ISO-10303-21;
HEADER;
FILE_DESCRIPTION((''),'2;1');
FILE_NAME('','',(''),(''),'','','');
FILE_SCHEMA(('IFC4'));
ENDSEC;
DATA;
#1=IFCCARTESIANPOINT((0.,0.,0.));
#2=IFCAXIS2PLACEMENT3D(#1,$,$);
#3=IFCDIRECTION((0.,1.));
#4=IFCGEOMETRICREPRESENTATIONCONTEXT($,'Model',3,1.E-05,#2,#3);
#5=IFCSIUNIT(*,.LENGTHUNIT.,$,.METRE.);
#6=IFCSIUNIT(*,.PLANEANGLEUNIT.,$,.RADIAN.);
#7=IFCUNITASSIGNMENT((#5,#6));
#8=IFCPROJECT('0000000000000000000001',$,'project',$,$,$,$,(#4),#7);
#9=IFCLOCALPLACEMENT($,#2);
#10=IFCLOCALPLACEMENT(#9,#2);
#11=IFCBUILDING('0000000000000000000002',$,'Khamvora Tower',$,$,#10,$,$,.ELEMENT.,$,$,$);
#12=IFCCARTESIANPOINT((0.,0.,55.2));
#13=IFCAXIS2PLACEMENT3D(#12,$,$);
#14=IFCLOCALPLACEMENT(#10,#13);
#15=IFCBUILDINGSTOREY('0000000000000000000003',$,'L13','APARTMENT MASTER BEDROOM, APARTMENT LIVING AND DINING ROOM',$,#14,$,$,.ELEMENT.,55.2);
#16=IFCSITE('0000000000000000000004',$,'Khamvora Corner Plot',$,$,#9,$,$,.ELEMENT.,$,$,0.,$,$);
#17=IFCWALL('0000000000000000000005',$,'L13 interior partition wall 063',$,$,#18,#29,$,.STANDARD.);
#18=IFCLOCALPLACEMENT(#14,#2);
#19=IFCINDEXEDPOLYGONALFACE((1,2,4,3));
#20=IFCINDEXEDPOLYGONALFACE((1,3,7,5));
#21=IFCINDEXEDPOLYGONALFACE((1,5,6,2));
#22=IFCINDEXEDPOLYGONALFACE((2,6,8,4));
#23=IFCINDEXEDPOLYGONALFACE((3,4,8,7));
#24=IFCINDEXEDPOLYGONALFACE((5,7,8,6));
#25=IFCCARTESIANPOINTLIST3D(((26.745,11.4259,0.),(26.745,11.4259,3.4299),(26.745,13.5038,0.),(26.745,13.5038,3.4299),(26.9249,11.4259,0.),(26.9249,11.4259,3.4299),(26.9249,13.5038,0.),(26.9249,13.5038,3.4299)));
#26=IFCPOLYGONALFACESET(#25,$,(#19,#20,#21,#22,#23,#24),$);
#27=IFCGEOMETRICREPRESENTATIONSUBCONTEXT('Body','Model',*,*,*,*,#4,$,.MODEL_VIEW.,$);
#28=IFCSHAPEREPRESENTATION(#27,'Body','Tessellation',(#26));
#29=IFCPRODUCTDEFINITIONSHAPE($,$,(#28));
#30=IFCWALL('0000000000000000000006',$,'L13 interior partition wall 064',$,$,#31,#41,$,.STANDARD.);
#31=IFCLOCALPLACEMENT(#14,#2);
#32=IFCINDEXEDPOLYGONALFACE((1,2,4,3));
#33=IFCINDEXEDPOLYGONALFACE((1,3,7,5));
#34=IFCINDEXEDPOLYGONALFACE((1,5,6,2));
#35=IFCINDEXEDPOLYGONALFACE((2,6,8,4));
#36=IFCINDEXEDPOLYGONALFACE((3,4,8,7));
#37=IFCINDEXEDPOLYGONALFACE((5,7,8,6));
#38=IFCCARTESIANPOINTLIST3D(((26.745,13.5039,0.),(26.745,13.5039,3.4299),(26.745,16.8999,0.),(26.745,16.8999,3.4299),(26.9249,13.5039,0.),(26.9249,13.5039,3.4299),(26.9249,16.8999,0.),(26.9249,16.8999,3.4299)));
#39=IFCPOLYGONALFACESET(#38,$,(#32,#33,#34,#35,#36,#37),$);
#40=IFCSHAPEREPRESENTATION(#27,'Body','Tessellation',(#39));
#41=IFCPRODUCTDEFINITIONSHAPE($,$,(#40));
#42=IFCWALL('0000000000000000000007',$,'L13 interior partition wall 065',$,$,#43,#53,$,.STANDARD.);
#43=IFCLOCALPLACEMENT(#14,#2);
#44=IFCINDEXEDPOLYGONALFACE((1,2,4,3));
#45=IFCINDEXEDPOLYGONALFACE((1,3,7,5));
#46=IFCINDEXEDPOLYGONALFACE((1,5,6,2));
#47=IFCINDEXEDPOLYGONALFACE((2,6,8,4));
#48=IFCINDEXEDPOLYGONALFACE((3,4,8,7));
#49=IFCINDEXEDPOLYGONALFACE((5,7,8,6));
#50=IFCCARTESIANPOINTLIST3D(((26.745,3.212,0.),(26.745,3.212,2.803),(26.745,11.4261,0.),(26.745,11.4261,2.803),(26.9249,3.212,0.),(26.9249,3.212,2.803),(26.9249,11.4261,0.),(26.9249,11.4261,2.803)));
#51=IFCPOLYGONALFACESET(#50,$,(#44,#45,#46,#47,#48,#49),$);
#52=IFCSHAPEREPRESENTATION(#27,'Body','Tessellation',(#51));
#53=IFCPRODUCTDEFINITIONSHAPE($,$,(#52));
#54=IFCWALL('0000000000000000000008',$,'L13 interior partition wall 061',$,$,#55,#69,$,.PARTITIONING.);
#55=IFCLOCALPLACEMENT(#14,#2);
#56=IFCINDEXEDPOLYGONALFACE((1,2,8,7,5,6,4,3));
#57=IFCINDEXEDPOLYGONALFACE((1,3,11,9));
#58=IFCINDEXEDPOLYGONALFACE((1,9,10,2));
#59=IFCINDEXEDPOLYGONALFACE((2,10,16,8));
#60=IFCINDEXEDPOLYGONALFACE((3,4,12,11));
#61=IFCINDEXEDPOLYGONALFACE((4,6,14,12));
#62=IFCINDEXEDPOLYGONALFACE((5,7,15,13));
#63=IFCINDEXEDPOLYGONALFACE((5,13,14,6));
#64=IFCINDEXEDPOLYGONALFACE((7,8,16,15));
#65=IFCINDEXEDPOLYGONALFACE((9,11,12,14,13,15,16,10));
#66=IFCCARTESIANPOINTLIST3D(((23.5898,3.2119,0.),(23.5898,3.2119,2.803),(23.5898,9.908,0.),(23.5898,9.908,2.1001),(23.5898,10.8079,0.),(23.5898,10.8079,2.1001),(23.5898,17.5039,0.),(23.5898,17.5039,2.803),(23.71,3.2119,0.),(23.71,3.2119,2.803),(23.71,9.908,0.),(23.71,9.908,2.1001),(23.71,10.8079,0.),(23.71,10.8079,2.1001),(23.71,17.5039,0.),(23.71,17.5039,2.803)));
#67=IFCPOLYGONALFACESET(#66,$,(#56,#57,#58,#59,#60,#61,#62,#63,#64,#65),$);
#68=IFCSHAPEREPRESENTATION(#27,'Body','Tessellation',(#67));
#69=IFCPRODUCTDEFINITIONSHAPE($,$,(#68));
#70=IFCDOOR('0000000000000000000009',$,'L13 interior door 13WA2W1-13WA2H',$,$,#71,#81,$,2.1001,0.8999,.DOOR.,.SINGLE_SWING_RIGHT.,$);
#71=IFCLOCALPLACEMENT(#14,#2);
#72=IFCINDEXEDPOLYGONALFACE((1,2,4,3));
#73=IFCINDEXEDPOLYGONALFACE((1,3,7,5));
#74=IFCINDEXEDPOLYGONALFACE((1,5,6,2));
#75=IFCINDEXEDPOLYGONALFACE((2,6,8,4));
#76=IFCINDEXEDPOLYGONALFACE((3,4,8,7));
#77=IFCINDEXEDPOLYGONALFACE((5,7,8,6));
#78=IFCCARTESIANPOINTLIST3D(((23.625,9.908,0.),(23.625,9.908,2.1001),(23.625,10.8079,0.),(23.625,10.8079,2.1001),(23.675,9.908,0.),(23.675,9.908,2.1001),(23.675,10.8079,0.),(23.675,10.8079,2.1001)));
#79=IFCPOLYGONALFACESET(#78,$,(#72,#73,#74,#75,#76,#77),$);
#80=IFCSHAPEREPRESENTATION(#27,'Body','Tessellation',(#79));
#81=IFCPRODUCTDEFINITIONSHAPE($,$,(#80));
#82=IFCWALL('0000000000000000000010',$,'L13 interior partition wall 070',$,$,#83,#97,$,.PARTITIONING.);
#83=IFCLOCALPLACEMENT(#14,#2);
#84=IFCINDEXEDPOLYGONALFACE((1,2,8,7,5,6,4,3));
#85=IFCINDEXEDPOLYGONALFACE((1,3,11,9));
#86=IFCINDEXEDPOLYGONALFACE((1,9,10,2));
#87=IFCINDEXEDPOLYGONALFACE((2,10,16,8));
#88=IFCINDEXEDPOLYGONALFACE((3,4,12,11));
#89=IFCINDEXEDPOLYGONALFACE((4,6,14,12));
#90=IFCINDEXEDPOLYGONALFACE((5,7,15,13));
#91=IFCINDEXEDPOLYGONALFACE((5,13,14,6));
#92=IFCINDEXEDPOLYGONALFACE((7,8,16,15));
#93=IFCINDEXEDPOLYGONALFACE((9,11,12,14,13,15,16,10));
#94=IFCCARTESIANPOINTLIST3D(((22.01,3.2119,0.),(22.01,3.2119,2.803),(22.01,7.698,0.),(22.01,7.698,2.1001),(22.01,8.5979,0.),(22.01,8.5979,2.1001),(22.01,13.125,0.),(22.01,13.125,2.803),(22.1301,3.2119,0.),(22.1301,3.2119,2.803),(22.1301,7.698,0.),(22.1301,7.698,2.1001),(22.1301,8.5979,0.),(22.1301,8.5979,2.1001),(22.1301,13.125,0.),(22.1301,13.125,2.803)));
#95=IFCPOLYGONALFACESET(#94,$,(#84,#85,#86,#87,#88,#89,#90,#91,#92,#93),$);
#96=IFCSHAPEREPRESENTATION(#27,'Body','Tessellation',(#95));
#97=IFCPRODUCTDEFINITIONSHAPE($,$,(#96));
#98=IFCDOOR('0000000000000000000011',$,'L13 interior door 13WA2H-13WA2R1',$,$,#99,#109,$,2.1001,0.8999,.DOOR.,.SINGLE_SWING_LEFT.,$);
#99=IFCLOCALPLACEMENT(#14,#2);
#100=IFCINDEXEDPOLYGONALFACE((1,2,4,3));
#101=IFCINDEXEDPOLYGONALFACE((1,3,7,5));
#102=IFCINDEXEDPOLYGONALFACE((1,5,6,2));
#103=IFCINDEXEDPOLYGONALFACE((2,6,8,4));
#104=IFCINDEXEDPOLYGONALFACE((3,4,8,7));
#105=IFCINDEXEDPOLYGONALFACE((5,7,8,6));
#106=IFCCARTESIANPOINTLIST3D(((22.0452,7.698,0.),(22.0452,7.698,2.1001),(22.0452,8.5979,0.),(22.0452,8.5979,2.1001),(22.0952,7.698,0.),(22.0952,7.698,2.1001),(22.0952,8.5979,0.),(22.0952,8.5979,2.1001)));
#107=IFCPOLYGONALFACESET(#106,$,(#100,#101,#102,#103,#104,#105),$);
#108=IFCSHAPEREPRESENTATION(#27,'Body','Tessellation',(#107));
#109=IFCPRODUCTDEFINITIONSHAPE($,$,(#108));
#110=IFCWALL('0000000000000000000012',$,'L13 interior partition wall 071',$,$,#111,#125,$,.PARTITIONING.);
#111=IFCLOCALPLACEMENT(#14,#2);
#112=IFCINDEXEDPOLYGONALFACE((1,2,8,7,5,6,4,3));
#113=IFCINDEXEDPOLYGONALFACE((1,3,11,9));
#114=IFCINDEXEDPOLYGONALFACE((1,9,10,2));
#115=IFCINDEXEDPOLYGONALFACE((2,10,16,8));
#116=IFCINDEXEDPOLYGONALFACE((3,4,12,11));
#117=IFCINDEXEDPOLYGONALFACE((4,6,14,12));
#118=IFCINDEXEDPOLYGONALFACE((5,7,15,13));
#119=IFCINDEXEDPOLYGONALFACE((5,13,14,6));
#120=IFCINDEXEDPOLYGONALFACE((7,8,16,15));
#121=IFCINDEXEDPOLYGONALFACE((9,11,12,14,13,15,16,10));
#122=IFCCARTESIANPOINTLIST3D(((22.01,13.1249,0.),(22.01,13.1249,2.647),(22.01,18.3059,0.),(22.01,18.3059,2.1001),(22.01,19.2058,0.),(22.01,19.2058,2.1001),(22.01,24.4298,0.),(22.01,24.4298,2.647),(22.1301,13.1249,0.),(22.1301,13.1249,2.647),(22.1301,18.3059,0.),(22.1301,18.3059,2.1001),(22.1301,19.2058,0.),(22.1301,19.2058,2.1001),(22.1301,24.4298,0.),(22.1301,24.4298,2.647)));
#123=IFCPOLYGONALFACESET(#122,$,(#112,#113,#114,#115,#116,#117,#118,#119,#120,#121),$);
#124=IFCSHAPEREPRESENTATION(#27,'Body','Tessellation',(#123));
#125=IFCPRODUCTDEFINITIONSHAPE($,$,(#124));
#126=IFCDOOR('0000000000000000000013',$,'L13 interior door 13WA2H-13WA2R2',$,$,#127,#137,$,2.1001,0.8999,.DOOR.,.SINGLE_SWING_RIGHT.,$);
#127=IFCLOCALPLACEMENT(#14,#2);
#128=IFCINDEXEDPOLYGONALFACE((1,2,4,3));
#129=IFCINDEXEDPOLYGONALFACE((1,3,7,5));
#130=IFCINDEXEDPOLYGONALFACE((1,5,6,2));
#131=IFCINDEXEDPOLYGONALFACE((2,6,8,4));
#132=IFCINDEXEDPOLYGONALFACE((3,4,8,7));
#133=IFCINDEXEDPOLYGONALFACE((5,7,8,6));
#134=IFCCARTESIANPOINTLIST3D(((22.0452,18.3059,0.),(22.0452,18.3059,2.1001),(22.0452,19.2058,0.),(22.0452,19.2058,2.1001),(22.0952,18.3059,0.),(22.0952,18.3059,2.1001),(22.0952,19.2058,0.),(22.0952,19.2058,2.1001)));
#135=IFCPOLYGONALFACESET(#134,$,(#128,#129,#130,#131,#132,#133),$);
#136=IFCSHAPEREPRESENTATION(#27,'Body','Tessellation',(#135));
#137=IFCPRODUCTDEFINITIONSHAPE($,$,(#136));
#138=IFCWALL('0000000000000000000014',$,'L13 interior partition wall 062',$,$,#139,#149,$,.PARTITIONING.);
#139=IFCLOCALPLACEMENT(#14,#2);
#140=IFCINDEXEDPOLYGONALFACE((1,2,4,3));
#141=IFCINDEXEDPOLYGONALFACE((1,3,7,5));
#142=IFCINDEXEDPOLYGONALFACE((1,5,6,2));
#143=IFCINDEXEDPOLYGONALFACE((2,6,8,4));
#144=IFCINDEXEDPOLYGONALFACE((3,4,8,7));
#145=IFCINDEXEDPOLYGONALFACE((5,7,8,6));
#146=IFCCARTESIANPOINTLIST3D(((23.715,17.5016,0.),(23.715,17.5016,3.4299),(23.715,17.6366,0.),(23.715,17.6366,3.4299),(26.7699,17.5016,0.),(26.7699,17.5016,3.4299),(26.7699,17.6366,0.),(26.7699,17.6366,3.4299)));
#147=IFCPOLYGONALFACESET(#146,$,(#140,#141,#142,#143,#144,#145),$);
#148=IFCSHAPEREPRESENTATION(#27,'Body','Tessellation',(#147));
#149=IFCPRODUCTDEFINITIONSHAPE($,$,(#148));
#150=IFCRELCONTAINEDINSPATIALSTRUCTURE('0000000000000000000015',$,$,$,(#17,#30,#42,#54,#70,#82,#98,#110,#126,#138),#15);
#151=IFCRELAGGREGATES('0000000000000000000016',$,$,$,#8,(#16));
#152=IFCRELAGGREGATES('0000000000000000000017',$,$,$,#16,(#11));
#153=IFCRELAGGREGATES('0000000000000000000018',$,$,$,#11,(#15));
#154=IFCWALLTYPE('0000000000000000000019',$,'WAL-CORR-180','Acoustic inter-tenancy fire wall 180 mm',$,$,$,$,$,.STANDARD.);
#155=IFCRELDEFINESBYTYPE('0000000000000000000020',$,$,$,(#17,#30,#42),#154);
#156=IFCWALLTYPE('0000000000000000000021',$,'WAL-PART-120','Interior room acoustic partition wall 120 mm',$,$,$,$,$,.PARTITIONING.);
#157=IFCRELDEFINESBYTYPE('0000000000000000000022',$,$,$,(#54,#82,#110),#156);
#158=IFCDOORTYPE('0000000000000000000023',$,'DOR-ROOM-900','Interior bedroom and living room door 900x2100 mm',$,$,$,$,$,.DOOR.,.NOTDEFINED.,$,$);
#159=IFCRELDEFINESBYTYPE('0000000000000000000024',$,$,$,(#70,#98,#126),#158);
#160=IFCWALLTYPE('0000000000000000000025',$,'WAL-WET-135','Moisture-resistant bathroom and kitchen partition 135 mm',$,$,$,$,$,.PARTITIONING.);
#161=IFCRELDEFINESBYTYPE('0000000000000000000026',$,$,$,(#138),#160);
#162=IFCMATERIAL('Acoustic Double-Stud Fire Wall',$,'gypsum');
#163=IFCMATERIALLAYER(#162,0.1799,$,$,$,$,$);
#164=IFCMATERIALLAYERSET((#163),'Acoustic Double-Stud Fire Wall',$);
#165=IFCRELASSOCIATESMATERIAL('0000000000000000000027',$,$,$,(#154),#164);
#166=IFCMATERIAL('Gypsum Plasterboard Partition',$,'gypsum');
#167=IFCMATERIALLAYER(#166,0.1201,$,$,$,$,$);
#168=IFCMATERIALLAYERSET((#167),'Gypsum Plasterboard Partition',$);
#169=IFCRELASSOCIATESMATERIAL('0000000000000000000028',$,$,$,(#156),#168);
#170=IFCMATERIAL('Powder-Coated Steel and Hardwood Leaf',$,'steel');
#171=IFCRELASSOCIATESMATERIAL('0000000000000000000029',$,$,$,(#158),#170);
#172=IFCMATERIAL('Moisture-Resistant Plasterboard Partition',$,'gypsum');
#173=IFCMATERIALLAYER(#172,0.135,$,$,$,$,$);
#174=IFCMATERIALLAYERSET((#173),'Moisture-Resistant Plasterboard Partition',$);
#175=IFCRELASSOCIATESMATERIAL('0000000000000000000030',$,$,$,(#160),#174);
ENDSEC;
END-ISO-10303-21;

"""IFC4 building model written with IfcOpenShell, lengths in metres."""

from ifc_helpers import new_model, si_unit, direction, frame, frame_2d, origin, place, context, subcontext, project, spatial, rectangle, extrude, material, layer, layer_set, type_object, element, fill, save


model = new_model("IFC4")

# Units and contexts
model_context = context("Model", 3, precision=1e-05, world=origin(), true_north=direction((0.0, 1.0)))
body_context = subcontext(model_context, "Body", "Model", "MODEL_VIEW")
ifc_project = project(units=[si_unit("LENGTHUNIT", "METRE"), si_unit("PLANEANGLEUNIT", "RADIAN")], contexts=[model_context])

# Site, building, storey
site_placement = place(None, origin())
site = spatial("IfcSite", under=ifc_project, at=site_placement, Name="Khamvora Corner Plot", CompositionType="ELEMENT", RefElevation=0.0)
building_placement = place(site_placement, origin())
building = spatial("IfcBuilding", under=site, at=building_placement, Name="Khamvora Tower", CompositionType="ELEMENT")
storey_placement = place(building_placement, frame((0.0, 0.0, 55.2)))
storey = spatial("IfcBuildingStorey", under=building, at=storey_placement, Name="L13", Description="APARTMENT MASTER BEDROOM, APARTMENT LIVING AND DINING ROOM", CompositionType="ELEMENT", Elevation=55.2)

# Walls
ifc_material_1 = material(Name="Acoustic Double-Stud Fire Wall", Category="gypsum")
ifc_layer_1 = layer(ifc_material_1, 0.1799)
ifc_layer_set_1 = layer_set([ifc_layer_1], Name="Acoustic Double-Stud Fire Wall")
wall_type_1 = type_object("IfcWallType", Name="WAL-CORR-180", Description="Acoustic inter-tenancy fire wall 180 mm", PredefinedType="STANDARD", material=ifc_layer_set_1)
wall_1_placement = place(storey_placement, frame((26.835, 13.5039, 0.0), z_axis=(0.0, 0.0, 1.0), x_axis=(0.0, -1.0, 0.0)))
element("IfcWall", 1, at=wall_1_placement, inside=storey, type_object=wall_type_1, Name="L13 interior partition wall 063", PredefinedType="STANDARD", context=body_context, shape_type="SweptSolid", body=[
    extrude(rectangle(XDim=2.0779, YDim=0.1799, at=frame_2d((1.0391, 0.0))), origin(), (0.0, 0.0, 1.0), 3.4299),
])
wall_2_placement = place(storey_placement, frame((26.835, 16.8999, 0.0), z_axis=(0.0, 0.0, 1.0), x_axis=(0.0, -1.0, 0.0)))
element("IfcWall", 2, at=wall_2_placement, inside=storey, type_object=wall_type_1, Name="L13 interior partition wall 064", PredefinedType="STANDARD", context=body_context, shape_type="SweptSolid", body=[
    extrude(rectangle(XDim=3.396, YDim=0.1799, at=frame_2d((1.698, 0.0))), origin(), (0.0, 0.0, 1.0), 3.4299),
])
wall_3_placement = place(storey_placement, frame((26.835, 11.426, 0.0), z_axis=(0.0, 0.0, 1.0), x_axis=(0.0, -1.0, 0.0)))
element("IfcWall", 3, at=wall_3_placement, inside=storey, type_object=wall_type_1, Name="L13 interior partition wall 065", PredefinedType="STANDARD", context=body_context, shape_type="SweptSolid", body=[
    extrude(rectangle(XDim=8.2141, YDim=0.1799, at=frame_2d((4.1069, 0.0))), origin(), (0.0, 0.0, 1.0), 2.803),
])

# Walls, openings, doors
ifc_material_2 = material(Name="Gypsum Plasterboard Partition", Category="gypsum")
ifc_layer_2 = layer(ifc_material_2, 0.1201)
ifc_layer_set_2 = layer_set([ifc_layer_2], Name="Gypsum Plasterboard Partition")
wall_type_2 = type_object("IfcWallType", Name="WAL-PART-120", Description="Interior room acoustic partition wall 120 mm", PredefinedType="PARTITIONING", material=ifc_layer_set_2)
wall_4_placement = place(storey_placement, frame((23.6499, 3.2119, 0.0), z_axis=(0.0, 0.0, 1.0), x_axis=(0.0, 1.0, 0.0)))
wall_4 = element("IfcWall", 4, at=wall_4_placement, inside=storey, type_object=wall_type_2, Name="L13 interior partition wall 061", PredefinedType="PARTITIONING", context=body_context, shape_type="SweptSolid", body=[
    extrude(rectangle(XDim=14.292, YDim=0.1201, at=frame_2d((7.146, 0.0))), origin(), (0.0, 0.0, 1.0), 2.803),
])
opening_1_placement = place(wall_4_placement, frame((6.696, 0.0, 0.0)))
opening_1 = element("IfcOpeningElement", 5, at=opening_1_placement, cuts=wall_4, PredefinedType="OPENING", context=body_context, shape_type="SweptSolid", body=[
    extrude(rectangle(XDim=0.8999, YDim=2.1001, at=frame_2d((0.45, 1.05))), frame((0.0, 0.0701, 0.0), z_axis=(0.0, -1.0, 0.0), x_axis=(1.0, 0.0, 0.0)), (0.0, 0.0, 1.0), 0.1401),
])
ifc_material_3 = material(Name="Powder-Coated Steel and Hardwood Leaf", Category="steel")
door_type_1 = type_object("IfcDoorType", Name="DOR-ROOM-900", Description="Interior bedroom and living room door 900x2100 mm", OperationType="NOTDEFINED", PredefinedType="DOOR", material=ifc_material_3)
door_1_placement = place(opening_1_placement, origin())
door_1 = element("IfcDoor", 6, at=door_1_placement, inside=storey, type_object=door_type_1, Name="L13 interior door 13WA2W1-13WA2H", OperationType="SINGLE_SWING_RIGHT", OverallHeight=2.1001, OverallWidth=0.8999, PredefinedType="DOOR", context=body_context, shape_type="SweptSolid", body=[
    extrude(rectangle(XDim=0.8999, YDim=2.1001, at=frame_2d((0.45, 1.05))), frame((0.0, 0.0249, 0.0), z_axis=(0.0, -1.0, 0.0), x_axis=(1.0, 0.0, 0.0)), (0.0, 0.0, 1.0), 0.05),
])
fill(opening_1, door_1)
wall_5_placement = place(storey_placement, frame((22.0701, 3.2119, 0.0), z_axis=(0.0, 0.0, 1.0), x_axis=(0.0, 1.0, 0.0)))
wall_5 = element("IfcWall", 7, at=wall_5_placement, inside=storey, type_object=wall_type_2, Name="L13 interior partition wall 070", PredefinedType="PARTITIONING", context=body_context, shape_type="SweptSolid", body=[
    extrude(rectangle(XDim=9.9131, YDim=0.1201, at=frame_2d((4.9565, 0.0))), origin(), (0.0, 0.0, 1.0), 2.803),
])
opening_2_placement = place(wall_5_placement, frame((4.4861, 0.0, 0.0)))
opening_2 = element("IfcOpeningElement", 8, at=opening_2_placement, cuts=wall_5, PredefinedType="OPENING", context=body_context, shape_type="SweptSolid", body=[
    extrude(rectangle(XDim=0.8999, YDim=2.1001, at=frame_2d((0.45, 1.05))), frame((0.0, 0.0701, 0.0), z_axis=(0.0, -1.0, 0.0), x_axis=(1.0, 0.0, 0.0)), (0.0, 0.0, 1.0), 0.1401),
])
door_2_placement = place(opening_2_placement, origin())
door_2 = element("IfcDoor", 9, at=door_2_placement, inside=storey, type_object=door_type_1, Name="L13 interior door 13WA2H-13WA2R1", OperationType="SINGLE_SWING_LEFT", OverallHeight=2.1001, OverallWidth=0.8999, PredefinedType="DOOR", context=body_context, shape_type="SweptSolid", body=[
    extrude(rectangle(XDim=0.8999, YDim=2.1001, at=frame_2d((0.45, 1.05))), frame((0.0, 0.0249, 0.0), z_axis=(0.0, -1.0, 0.0), x_axis=(1.0, 0.0, 0.0)), (0.0, 0.0, 1.0), 0.05),
])
fill(opening_2, door_2)
wall_6_placement = place(storey_placement, frame((22.0701, 13.125, 0.0), z_axis=(0.0, 0.0, 1.0), x_axis=(0.0, 1.0, 0.0)))
wall_6 = element("IfcWall", 10, at=wall_6_placement, inside=storey, type_object=wall_type_2, Name="L13 interior partition wall 071", PredefinedType="PARTITIONING", context=body_context, shape_type="SweptSolid", body=[
    extrude(rectangle(XDim=11.3049, YDim=0.1201, at=frame_2d((5.6523, 0.0))), origin(), (0.0, 0.0, 1.0), 2.647),
])
opening_3_placement = place(wall_6_placement, frame((5.1809, 0.0, 0.0)))
opening_3 = element("IfcOpeningElement", 11, at=opening_3_placement, cuts=wall_6, PredefinedType="OPENING", context=body_context, shape_type="SweptSolid", body=[
    extrude(rectangle(XDim=0.8999, YDim=2.1001, at=frame_2d((0.45, 1.05))), frame((0.0, 0.0701, 0.0), z_axis=(0.0, -1.0, 0.0), x_axis=(1.0, 0.0, 0.0)), (0.0, 0.0, 1.0), 0.1401),
])
door_3_placement = place(opening_3_placement, origin())
door_3 = element("IfcDoor", 12, at=door_3_placement, inside=storey, type_object=door_type_1, Name="L13 interior door 13WA2H-13WA2R2", OperationType="SINGLE_SWING_RIGHT", OverallHeight=2.1001, OverallWidth=0.8999, PredefinedType="DOOR", context=body_context, shape_type="SweptSolid", body=[
    extrude(rectangle(XDim=0.8999, YDim=2.1001, at=frame_2d((0.45, 1.05))), frame((0.0, 0.0249, 0.0), z_axis=(0.0, -1.0, 0.0), x_axis=(1.0, 0.0, 0.0)), (0.0, 0.0, 1.0), 0.05),
])
fill(opening_3, door_3)

# Wall
ifc_material_4 = material(Name="Moisture-Resistant Plasterboard Partition", Category="gypsum")
ifc_layer_3 = layer(ifc_material_4, 0.135)
ifc_layer_set_3 = layer_set([ifc_layer_3], Name="Moisture-Resistant Plasterboard Partition")
wall_type_3 = type_object("IfcWallType", Name="WAL-WET-135", Description="Moisture-resistant bathroom and kitchen partition 135 mm", PredefinedType="PARTITIONING", material=ifc_layer_set_3)
wall_7_placement = place(storey_placement, frame((23.7151, 17.5691, 0.0), z_axis=(0.0, 0.0, 1.0), x_axis=(1.0, 0.0, 0.0)))
element("IfcWall", 13, at=wall_7_placement, inside=storey, type_object=wall_type_3, Name="L13 interior partition wall 062", PredefinedType="PARTITIONING", context=body_context, shape_type="SweptSolid", body=[
    extrude(rectangle(XDim=3.0549, YDim=0.135, at=frame_2d((1.5273, 0.0))), origin(), (0.0, 0.0, 1.0), 3.4299),
])

save(model, "model.ifc")
